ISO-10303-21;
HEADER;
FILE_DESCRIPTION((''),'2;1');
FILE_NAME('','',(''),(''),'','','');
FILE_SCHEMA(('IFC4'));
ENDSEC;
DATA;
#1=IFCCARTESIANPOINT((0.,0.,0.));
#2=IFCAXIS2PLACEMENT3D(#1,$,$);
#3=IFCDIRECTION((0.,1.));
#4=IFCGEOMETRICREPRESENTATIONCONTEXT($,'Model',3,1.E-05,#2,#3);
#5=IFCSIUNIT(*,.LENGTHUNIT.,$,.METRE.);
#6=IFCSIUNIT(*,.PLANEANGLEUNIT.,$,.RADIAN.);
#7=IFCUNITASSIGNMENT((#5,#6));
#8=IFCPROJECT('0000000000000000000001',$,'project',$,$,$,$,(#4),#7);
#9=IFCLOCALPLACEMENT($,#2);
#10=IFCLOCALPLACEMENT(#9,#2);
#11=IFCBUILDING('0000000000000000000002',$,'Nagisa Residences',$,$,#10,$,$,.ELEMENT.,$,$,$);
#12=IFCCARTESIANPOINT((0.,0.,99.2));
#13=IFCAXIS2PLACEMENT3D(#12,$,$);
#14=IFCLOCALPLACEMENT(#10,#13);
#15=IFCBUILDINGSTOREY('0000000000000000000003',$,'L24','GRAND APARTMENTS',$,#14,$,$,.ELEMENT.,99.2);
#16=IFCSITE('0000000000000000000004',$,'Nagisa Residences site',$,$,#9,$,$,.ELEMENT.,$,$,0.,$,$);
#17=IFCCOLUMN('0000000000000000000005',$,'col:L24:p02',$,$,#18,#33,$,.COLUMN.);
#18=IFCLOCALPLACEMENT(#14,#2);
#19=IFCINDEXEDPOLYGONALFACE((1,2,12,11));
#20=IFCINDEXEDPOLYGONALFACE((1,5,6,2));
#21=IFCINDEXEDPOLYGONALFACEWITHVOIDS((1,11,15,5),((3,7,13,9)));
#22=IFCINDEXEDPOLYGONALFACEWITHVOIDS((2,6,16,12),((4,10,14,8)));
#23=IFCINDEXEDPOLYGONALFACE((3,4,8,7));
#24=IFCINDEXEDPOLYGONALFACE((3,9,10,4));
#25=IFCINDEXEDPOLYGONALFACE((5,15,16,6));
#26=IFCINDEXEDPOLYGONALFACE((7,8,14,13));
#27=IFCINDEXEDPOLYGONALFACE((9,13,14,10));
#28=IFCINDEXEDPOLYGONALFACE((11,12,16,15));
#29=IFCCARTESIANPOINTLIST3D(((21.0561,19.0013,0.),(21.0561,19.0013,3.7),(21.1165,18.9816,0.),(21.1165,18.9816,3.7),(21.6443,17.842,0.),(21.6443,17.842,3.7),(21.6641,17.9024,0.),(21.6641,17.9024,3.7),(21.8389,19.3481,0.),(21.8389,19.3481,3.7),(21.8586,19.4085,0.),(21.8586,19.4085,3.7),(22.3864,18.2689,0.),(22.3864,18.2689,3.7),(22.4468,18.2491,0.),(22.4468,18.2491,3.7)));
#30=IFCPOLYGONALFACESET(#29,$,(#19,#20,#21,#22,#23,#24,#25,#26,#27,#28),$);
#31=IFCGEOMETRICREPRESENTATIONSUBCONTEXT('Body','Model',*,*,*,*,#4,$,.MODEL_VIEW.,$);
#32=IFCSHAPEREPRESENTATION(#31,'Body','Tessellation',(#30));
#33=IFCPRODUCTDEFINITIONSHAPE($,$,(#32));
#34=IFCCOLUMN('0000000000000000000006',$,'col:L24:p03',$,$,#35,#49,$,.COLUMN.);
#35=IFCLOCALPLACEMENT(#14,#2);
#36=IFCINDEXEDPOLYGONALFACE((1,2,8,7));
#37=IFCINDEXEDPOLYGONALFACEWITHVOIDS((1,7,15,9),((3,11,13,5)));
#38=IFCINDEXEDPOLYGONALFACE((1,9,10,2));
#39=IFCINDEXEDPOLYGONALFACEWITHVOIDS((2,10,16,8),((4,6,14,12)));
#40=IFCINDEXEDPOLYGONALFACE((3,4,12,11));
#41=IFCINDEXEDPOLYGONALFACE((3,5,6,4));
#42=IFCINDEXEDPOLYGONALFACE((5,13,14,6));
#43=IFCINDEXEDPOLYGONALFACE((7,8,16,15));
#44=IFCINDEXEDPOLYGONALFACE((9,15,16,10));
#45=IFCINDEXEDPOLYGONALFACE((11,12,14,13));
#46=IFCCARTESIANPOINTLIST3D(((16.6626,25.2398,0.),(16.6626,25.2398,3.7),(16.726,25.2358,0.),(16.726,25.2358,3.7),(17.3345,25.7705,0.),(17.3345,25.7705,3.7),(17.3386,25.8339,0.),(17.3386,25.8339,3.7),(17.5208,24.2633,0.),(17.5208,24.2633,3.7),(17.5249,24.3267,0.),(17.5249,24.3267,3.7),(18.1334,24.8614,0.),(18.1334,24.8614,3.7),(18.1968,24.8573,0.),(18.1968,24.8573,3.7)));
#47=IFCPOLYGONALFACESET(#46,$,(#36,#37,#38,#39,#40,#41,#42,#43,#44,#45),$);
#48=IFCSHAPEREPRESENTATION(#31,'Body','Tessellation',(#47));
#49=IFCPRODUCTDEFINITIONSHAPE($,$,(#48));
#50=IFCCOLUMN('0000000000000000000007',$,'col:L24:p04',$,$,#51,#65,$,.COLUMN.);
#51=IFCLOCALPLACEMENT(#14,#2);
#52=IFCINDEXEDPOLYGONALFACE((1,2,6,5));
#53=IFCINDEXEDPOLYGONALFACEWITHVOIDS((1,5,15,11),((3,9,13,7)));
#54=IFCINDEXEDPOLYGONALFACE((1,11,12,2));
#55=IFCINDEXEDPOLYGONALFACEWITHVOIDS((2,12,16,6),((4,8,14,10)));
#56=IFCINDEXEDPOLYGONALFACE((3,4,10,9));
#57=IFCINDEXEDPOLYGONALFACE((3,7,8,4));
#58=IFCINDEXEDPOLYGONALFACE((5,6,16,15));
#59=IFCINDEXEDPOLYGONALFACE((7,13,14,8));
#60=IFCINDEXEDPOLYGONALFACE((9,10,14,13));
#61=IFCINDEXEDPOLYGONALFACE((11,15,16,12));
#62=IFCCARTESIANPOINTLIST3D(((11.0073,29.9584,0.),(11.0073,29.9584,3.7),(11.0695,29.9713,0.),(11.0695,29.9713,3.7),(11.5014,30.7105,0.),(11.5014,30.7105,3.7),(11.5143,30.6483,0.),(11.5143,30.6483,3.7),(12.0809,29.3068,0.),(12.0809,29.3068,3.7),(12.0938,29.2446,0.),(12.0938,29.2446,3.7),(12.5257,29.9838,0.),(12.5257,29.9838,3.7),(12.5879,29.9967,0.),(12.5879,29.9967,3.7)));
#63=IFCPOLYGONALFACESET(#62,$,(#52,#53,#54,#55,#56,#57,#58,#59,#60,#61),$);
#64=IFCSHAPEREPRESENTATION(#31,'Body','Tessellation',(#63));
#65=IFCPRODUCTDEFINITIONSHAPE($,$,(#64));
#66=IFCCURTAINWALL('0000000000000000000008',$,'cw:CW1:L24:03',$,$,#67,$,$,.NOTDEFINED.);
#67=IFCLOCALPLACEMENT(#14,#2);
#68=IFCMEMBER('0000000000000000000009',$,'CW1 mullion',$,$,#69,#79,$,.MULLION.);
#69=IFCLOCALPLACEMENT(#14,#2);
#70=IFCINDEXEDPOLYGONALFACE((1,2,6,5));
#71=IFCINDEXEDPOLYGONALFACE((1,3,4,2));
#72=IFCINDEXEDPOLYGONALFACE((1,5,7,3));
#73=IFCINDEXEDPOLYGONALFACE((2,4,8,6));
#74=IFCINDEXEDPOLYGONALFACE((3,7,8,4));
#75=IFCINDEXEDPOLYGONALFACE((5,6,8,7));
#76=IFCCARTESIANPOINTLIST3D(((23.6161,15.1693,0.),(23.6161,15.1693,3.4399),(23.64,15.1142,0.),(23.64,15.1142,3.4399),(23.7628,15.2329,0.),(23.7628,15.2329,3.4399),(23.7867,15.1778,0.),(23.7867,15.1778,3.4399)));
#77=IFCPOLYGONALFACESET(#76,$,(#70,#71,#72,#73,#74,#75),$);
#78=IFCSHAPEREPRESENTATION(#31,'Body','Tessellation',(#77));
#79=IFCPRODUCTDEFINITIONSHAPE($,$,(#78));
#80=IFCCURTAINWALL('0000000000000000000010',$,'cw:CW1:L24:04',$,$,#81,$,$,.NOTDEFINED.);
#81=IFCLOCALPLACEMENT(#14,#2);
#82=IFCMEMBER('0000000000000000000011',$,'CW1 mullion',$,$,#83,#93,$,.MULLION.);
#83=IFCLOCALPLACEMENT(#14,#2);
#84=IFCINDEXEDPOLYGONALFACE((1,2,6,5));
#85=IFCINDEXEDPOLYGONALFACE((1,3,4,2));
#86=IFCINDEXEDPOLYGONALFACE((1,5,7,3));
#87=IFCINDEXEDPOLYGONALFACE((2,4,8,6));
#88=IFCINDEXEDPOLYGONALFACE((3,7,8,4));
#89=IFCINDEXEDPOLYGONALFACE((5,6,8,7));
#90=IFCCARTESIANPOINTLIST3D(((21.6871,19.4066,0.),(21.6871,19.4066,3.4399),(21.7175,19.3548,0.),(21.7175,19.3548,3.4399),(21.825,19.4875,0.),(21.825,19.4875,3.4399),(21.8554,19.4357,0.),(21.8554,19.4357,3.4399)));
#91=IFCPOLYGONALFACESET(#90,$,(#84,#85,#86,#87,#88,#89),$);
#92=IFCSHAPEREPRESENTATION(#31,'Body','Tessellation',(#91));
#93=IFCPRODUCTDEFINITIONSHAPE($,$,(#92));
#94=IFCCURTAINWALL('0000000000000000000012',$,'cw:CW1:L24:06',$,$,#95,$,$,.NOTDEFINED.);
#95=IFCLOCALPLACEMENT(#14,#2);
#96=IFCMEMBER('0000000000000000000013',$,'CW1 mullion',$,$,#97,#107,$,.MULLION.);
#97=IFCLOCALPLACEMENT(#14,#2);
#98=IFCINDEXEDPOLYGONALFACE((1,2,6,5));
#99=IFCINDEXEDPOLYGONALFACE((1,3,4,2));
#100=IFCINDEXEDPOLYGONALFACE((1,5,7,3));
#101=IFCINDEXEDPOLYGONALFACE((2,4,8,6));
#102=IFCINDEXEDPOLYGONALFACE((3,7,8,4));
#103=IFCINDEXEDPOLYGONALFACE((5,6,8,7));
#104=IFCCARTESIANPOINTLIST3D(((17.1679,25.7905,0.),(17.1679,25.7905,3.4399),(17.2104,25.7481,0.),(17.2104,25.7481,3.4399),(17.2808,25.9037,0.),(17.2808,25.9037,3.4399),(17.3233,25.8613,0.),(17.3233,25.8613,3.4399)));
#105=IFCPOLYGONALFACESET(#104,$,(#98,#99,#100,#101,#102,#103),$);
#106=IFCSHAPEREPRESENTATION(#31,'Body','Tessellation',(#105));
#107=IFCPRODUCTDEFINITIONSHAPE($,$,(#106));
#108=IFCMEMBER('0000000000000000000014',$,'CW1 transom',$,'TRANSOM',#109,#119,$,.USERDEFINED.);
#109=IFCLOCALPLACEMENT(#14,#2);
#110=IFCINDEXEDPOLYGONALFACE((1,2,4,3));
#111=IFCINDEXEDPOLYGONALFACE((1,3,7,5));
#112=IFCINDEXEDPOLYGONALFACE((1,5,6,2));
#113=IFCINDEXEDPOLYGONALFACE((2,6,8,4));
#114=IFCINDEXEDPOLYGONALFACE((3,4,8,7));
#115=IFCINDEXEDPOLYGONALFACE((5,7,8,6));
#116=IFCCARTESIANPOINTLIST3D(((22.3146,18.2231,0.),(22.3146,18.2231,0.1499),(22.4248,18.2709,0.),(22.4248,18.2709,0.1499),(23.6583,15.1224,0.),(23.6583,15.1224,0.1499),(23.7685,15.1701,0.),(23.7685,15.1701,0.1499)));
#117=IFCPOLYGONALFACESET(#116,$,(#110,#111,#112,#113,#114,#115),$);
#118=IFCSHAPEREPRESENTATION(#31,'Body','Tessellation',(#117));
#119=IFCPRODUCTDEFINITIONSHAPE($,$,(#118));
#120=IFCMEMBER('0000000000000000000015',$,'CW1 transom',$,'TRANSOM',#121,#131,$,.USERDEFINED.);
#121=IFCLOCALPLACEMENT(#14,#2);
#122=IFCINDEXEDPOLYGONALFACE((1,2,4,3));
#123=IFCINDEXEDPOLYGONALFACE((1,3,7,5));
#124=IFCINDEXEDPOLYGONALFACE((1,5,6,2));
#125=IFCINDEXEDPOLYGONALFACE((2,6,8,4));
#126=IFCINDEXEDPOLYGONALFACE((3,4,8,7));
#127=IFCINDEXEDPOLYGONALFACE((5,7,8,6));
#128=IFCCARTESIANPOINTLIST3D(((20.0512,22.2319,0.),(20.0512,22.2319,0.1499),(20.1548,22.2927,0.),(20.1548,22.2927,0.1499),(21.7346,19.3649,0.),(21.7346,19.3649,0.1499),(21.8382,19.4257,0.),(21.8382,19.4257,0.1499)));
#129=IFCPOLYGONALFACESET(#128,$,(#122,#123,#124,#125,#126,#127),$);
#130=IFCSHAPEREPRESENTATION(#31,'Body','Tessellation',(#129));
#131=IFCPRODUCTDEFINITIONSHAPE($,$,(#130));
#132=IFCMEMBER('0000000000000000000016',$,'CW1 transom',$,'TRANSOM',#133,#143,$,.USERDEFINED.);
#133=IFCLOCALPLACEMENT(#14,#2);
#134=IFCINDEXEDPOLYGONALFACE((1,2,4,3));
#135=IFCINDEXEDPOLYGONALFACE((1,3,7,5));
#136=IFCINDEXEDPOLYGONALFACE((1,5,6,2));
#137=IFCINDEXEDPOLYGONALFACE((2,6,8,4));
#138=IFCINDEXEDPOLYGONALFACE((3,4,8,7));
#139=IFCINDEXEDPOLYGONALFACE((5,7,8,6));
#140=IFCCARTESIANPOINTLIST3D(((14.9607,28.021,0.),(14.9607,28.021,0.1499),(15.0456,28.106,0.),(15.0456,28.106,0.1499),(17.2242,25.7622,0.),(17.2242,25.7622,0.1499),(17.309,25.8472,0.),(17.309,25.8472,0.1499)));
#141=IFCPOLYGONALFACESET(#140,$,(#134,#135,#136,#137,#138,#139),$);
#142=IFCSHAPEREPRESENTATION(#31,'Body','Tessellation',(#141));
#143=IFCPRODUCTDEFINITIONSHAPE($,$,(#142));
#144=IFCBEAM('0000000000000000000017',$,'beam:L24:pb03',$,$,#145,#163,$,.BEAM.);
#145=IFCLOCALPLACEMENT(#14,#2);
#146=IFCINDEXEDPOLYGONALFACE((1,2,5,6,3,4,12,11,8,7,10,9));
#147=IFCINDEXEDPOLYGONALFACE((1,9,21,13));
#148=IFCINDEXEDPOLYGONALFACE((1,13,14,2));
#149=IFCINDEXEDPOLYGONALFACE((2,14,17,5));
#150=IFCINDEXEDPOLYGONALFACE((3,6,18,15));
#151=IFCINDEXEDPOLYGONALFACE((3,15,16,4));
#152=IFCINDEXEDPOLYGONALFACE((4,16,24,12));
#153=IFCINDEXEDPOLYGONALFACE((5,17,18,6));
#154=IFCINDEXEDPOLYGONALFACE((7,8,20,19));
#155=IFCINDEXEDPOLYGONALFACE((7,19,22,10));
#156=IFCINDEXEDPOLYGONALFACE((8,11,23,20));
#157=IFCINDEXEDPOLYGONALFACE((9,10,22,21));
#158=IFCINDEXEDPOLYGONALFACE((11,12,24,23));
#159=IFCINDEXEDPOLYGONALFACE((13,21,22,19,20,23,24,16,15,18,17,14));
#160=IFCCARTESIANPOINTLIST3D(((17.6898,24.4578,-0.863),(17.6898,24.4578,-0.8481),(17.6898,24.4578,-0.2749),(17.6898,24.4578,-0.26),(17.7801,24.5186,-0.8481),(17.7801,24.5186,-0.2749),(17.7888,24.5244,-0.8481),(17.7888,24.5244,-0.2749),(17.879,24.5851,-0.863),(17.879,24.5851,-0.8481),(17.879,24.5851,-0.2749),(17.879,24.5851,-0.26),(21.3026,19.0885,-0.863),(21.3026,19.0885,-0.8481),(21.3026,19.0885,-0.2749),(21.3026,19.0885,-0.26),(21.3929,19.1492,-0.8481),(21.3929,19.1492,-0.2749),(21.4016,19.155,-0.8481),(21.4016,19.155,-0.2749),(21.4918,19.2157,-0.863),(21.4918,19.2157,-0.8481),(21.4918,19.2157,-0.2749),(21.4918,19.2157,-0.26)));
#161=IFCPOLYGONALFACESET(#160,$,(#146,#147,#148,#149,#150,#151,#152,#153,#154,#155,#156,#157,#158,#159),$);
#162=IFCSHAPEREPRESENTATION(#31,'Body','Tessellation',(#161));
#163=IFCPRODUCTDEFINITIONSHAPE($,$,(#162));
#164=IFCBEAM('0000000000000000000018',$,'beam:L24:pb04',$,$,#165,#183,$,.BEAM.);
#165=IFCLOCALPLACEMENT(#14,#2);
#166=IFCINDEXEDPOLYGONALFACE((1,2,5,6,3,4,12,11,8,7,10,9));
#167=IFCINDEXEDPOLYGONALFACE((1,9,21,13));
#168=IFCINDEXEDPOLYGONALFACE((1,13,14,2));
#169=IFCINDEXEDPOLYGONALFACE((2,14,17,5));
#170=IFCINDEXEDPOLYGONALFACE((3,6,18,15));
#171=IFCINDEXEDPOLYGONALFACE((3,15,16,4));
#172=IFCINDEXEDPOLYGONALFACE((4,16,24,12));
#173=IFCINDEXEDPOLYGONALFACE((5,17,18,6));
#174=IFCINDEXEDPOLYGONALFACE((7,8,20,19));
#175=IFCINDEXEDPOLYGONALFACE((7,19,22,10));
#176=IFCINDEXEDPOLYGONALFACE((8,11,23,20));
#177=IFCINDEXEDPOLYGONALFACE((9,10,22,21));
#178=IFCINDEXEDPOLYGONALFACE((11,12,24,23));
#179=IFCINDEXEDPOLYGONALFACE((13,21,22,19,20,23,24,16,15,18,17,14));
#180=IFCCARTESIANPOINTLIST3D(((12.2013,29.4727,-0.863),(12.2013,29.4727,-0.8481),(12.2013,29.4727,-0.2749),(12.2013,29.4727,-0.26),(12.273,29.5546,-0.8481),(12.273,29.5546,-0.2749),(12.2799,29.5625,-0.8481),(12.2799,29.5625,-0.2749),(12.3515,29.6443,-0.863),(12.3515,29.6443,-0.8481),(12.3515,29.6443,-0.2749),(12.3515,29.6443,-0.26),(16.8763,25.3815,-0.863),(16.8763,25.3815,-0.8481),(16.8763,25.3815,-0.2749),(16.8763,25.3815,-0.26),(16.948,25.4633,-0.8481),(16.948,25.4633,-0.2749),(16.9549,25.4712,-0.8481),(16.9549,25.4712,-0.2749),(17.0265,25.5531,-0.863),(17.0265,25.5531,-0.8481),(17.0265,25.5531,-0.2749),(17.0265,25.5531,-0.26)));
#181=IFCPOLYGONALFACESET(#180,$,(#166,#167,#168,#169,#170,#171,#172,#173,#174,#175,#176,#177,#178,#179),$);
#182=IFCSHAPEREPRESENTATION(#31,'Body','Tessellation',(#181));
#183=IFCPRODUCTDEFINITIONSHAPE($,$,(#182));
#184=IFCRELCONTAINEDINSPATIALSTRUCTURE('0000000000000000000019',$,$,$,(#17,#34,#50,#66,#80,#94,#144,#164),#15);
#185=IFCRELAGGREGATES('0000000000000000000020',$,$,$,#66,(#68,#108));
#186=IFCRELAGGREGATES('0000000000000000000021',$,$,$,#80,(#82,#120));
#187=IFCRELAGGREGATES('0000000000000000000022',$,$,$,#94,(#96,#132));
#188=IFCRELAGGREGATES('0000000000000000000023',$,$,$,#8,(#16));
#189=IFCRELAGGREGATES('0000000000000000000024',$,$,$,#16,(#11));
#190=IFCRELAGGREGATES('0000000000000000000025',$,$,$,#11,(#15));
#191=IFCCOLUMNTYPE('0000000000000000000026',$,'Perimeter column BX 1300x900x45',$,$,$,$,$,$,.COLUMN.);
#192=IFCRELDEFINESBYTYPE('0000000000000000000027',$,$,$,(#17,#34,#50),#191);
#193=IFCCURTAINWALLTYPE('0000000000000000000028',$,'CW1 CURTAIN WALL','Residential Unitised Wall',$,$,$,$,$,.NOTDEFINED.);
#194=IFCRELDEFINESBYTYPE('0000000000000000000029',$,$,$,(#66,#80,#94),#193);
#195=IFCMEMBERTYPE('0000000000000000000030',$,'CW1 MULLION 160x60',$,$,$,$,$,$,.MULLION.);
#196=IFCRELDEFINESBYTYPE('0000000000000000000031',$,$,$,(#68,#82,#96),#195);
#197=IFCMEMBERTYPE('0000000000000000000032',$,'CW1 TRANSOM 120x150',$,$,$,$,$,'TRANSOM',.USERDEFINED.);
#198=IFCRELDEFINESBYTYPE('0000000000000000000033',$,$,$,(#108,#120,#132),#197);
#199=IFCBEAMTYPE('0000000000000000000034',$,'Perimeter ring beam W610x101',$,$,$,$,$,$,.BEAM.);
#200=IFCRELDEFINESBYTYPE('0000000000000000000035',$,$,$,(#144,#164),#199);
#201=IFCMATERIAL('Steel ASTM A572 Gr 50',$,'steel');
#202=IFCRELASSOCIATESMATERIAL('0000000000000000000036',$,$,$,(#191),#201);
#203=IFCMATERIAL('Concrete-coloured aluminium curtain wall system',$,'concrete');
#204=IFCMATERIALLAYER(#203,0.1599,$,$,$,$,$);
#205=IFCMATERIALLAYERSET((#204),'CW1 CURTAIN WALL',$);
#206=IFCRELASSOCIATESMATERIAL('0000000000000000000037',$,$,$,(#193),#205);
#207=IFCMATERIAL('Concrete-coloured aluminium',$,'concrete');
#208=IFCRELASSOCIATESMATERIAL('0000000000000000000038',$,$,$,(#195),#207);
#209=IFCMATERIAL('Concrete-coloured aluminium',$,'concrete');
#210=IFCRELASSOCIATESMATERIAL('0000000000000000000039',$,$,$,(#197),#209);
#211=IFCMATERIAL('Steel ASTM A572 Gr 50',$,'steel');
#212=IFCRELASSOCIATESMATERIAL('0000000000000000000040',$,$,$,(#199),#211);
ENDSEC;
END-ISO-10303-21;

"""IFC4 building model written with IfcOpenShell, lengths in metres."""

from ifc_helpers import new_model, si_unit, direction, frame, origin, origin_2d, place, context, subcontext, project, spatial, rectangle, hollow_rectangle, i_section, extrude, material, layer, layer_set, material_profile, profile_set, type_object, element, aggregate, save


model = new_model("IFC4")

# Units and contexts
model_context = context("Model", 3, precision=1e-05, world=origin(), true_north=direction((0.0, 1.0)))
body_context = subcontext(model_context, "Body", "Model", "MODEL_VIEW")
ifc_project = project(units=[si_unit("LENGTHUNIT", "METRE"), si_unit("PLANEANGLEUNIT", "RADIAN")], contexts=[model_context])

# Site, building, storey
site_placement = place(None, origin())
site = spatial("IfcSite", under=ifc_project, at=site_placement, Name="Nagisa Residences site", CompositionType="ELEMENT", RefElevation=0.0)
building_placement = place(site_placement, origin())
building = spatial("IfcBuilding", under=site, at=building_placement, Name="Nagisa Residences", CompositionType="ELEMENT")
storey_placement = place(building_placement, frame((0.0, 0.0, 99.2)))
storey = spatial("IfcBuildingStorey", under=building, at=storey_placement, Name="L24", Description="GRAND APARTMENTS", CompositionType="ELEMENT", Elevation=99.2)

# Columns
ifc_material_1 = material(Name="Steel ASTM A572 Gr 50", Category="steel")
ifc_material_profile_1 = material_profile(ifc_material_1, hollow_rectangle(XDim=1.3, YDim=0.8999, WallThickness=0.0449, at=origin_2d()), Name="BX 1300x900x45")
ifc_profile_set_1 = profile_set([ifc_material_profile_1], Name="Steel ASTM A572 Gr 50")
column_type = type_object("IfcColumnType", Name="Perimeter column BX 1300x900x45", PredefinedType="COLUMN", material=ifc_profile_set_1)
for number, where, z_axis, x_axis, name in (
    (1, (21.7515, 18.6252, 0.0), (0.0, 0.0, 1.0), (-0.452463, 0.891783, 0.0), "col:L24:p02"),
    (2, (17.4297, 25.0486, 0.0), (0.0, 0.0, 1.0), (-0.660115, 0.751165, 0.0), "col:L24:p03"),
    (3, (11.7976, 29.9775, 0.0), (0.0, 0.0, 1.0), (-0.835766, 0.549086, 0.0), "col:L24:p04"),
):
    element("IfcColumn", number, at=place(storey_placement, frame(where, z_axis=z_axis, x_axis=x_axis)), inside=storey, type_object=column_type, Name=name, PredefinedType="COLUMN", context=body_context, shape_type="SweptSolid", body=[
        extrude(hollow_rectangle(XDim=1.3, YDim=0.8999, WallThickness=0.0449, at=origin_2d()), origin(), (0.0, 0.0, 1.0), 3.7),
    ])

# Curtain walls, members
ifc_material_2 = material(Name="Concrete-coloured aluminium curtain wall system", Category="concrete")
ifc_layer_1 = layer(ifc_material_2, 0.1599)
ifc_layer_set_1 = layer_set([ifc_layer_1], Name="CW1 CURTAIN WALL")
curtain_wall_type = type_object("IfcCurtainWallType", Name="CW1 CURTAIN WALL", Description="Residential Unitised Wall", PredefinedType="NOTDEFINED", material=ifc_layer_set_1)
curtain_wall_1_placement = place(storey_placement, origin())
curtain_wall_1 = element("IfcCurtainWall", 4, at=curtain_wall_1_placement, inside=storey, type_object=curtain_wall_type, Name="cw:CW1:L24:03", PredefinedType="NOTDEFINED")
ifc_material_3 = material(Name="Concrete-coloured aluminium", Category="concrete")
ifc_material_profile_2 = material_profile(ifc_material_3, rectangle(XDim=0.1599, YDim=0.0601, at=origin_2d()), Name="CW1 MULLION 160x60")
ifc_profile_set_2 = profile_set([ifc_material_profile_2], Name="Concrete-coloured aluminium")
member_type_1 = type_object("IfcMemberType", Name="CW1 MULLION 160x60", PredefinedType="MULLION", material=ifc_profile_set_2)
member_1_placement = place(storey_placement, frame((23.7014, 15.1736, 0.0), z_axis=(0.0, 0.0, 1.0), x_axis=(-0.917543, -0.397636, 0.0)))
member_1 = element("IfcMember", 5, at=member_1_placement, type_object=member_type_1, Name="CW1 mullion", PredefinedType="MULLION", context=body_context, shape_type="SweptSolid", body=[
    extrude(rectangle(XDim=0.1599, YDim=0.0601, at=origin_2d()), origin(), (0.0, 0.0, 1.0), 3.4399),
])
curtain_wall_2_placement = place(storey_placement, origin())
curtain_wall_2 = element("IfcCurtainWall", 6, at=curtain_wall_2_placement, inside=storey, type_object=curtain_wall_type, Name="cw:CW1:L24:04", PredefinedType="NOTDEFINED")
member_2_placement = place(storey_placement, frame((21.7712, 19.4211, 0.0), z_axis=(0.0, 0.0, 1.0), x_axis=(-0.862329, -0.506349, 0.0)))
member_2 = element("IfcMember", 7, at=member_2_placement, type_object=member_type_1, Name="CW1 mullion", PredefinedType="MULLION", context=body_context, shape_type="SweptSolid", body=[
    extrude(rectangle(XDim=0.1599, YDim=0.0601, at=origin_2d()), origin(), (0.0, 0.0, 1.0), 3.4399),
])
curtain_wall_3_placement = place(storey_placement, origin())
curtain_wall_3 = element("IfcCurtainWall", 8, at=curtain_wall_3_placement, inside=storey, type_object=curtain_wall_type, Name="cw:CW1:L24:06", PredefinedType="NOTDEFINED")
member_3_placement = place(storey_placement, frame((17.2456, 25.8259, 0.0), z_axis=(0.0, 0.0, 1.0), x_axis=(-0.706377, -0.707836, 0.0)))
member_3 = element("IfcMember", 9, at=member_3_placement, type_object=member_type_1, Name="CW1 mullion", PredefinedType="MULLION", context=body_context, shape_type="SweptSolid", body=[
    extrude(rectangle(XDim=0.1599, YDim=0.0601, at=origin_2d()), origin(), (0.0, 0.0, 1.0), 3.4399),
])

# Members
ifc_material_4 = material(Name="Concrete-coloured aluminium", Category="concrete")
ifc_material_profile_3 = material_profile(ifc_material_4, rectangle(XDim=0.1201, YDim=0.1499, at=origin_2d()), Name="CW1 TRANSOM 120x150")
ifc_profile_set_3 = profile_set([ifc_material_profile_3], Name="Concrete-coloured aluminium")
member_type_2 = type_object("IfcMemberType", Name="CW1 TRANSOM 120x150", ElementType="TRANSOM", PredefinedType="USERDEFINED", material=ifc_profile_set_3)
member_4_placement = place(storey_placement, frame((23.7134, 15.1462, 0.075), z_axis=(-0.397622, 0.917549, 0.0), x_axis=(-0.917549, -0.397622, 0.0)))
member_4 = element("IfcMember", 10, at=member_4_placement, type_object=member_type_2, Name="CW1 transom", ObjectType="TRANSOM", PredefinedType="USERDEFINED", context=body_context, shape_type="SweptSolid", body=[
    extrude(rectangle(XDim=0.1201, YDim=0.1499, at=origin_2d()), origin(), (0.0, 0.0, 1.0), 3.3794),
])
member_5_placement = place(storey_placement, frame((21.7864, 19.3953, 0.075), z_axis=(-0.50633, 0.86234, 0.0), x_axis=(-0.86234, -0.50633, 0.0)))
member_5 = element("IfcMember", 11, at=member_5_placement, type_object=member_type_2, Name="CW1 transom", ObjectType="TRANSOM", PredefinedType="USERDEFINED", context=body_context, shape_type="SweptSolid", body=[
    extrude(rectangle(XDim=0.1201, YDim=0.1499, at=origin_2d()), origin(), (0.0, 0.0, 1.0), 3.3247),
])
member_6_placement = place(storey_placement, frame((17.2666, 25.8047, 0.075), z_axis=(-0.707832, 0.706381, 0.0), x_axis=(-0.706381, -0.707832, 0.0)))
member_6 = element("IfcMember", 12, at=member_6_placement, type_object=member_type_2, Name="CW1 transom", ObjectType="TRANSOM", PredefinedType="USERDEFINED", context=body_context, shape_type="SweptSolid", body=[
    extrude(rectangle(XDim=0.1201, YDim=0.1499, at=origin_2d()), origin(), (0.0, 0.0, 1.0), 3.1978),
])

# Beams
ifc_material_5 = material(Name="Steel ASTM A572 Gr 50", Category="steel")
ifc_material_profile_4 = material_profile(ifc_material_5, i_section(OverallWidth=0.228, OverallDepth=0.603, WebThickness=0.0105, FlangeThickness=0.0149, at=origin_2d()), Name="W610x101")
ifc_profile_set_4 = profile_set([ifc_material_profile_4], Name="Steel ASTM A572 Gr 50")
beam_type_1 = type_object("IfcBeamType", Name="Perimeter ring beam W610x101", PredefinedType="BEAM", material=ifc_profile_set_4)
beam_1_placement = place(storey_placement, frame((21.3972, 19.1521, -0.5615), z_axis=(-0.558247, 0.829675, 0.0), x_axis=(-0.829675, -0.558247, 0.0)))
element("IfcBeam", 13, at=beam_1_placement, inside=storey, type_object=beam_type_1, Name="beam:L24:pb03", PredefinedType="BEAM", context=body_context, shape_type="SweptSolid", body=[
    extrude(i_section(OverallWidth=0.228, OverallDepth=0.603, WebThickness=0.0105, FlangeThickness=0.0149, at=origin_2d()), origin(), (0.0, 0.0, 1.0), 6.4717),
])
beam_2_placement = place(storey_placement, frame((16.9514, 25.4673, -0.5615), z_axis=(-0.752526, 0.658563, 0.0), x_axis=(-0.658563, -0.752526, 0.0)))
element("IfcBeam", 14, at=beam_2_placement, inside=storey, type_object=beam_type_1, Name="beam:L24:pb04", PredefinedType="BEAM", context=body_context, shape_type="SweptSolid", body=[
    extrude(i_section(OverallWidth=0.228, OverallDepth=0.603, WebThickness=0.0105, FlangeThickness=0.0149, at=origin_2d()), origin(), (0.0, 0.0, 1.0), 6.2124),
])

aggregate(curtain_wall_1, [member_1, member_4])
aggregate(curtain_wall_2, [member_2, member_5])
aggregate(curtain_wall_3, [member_3, member_6])

save(model, "model.ifc")
